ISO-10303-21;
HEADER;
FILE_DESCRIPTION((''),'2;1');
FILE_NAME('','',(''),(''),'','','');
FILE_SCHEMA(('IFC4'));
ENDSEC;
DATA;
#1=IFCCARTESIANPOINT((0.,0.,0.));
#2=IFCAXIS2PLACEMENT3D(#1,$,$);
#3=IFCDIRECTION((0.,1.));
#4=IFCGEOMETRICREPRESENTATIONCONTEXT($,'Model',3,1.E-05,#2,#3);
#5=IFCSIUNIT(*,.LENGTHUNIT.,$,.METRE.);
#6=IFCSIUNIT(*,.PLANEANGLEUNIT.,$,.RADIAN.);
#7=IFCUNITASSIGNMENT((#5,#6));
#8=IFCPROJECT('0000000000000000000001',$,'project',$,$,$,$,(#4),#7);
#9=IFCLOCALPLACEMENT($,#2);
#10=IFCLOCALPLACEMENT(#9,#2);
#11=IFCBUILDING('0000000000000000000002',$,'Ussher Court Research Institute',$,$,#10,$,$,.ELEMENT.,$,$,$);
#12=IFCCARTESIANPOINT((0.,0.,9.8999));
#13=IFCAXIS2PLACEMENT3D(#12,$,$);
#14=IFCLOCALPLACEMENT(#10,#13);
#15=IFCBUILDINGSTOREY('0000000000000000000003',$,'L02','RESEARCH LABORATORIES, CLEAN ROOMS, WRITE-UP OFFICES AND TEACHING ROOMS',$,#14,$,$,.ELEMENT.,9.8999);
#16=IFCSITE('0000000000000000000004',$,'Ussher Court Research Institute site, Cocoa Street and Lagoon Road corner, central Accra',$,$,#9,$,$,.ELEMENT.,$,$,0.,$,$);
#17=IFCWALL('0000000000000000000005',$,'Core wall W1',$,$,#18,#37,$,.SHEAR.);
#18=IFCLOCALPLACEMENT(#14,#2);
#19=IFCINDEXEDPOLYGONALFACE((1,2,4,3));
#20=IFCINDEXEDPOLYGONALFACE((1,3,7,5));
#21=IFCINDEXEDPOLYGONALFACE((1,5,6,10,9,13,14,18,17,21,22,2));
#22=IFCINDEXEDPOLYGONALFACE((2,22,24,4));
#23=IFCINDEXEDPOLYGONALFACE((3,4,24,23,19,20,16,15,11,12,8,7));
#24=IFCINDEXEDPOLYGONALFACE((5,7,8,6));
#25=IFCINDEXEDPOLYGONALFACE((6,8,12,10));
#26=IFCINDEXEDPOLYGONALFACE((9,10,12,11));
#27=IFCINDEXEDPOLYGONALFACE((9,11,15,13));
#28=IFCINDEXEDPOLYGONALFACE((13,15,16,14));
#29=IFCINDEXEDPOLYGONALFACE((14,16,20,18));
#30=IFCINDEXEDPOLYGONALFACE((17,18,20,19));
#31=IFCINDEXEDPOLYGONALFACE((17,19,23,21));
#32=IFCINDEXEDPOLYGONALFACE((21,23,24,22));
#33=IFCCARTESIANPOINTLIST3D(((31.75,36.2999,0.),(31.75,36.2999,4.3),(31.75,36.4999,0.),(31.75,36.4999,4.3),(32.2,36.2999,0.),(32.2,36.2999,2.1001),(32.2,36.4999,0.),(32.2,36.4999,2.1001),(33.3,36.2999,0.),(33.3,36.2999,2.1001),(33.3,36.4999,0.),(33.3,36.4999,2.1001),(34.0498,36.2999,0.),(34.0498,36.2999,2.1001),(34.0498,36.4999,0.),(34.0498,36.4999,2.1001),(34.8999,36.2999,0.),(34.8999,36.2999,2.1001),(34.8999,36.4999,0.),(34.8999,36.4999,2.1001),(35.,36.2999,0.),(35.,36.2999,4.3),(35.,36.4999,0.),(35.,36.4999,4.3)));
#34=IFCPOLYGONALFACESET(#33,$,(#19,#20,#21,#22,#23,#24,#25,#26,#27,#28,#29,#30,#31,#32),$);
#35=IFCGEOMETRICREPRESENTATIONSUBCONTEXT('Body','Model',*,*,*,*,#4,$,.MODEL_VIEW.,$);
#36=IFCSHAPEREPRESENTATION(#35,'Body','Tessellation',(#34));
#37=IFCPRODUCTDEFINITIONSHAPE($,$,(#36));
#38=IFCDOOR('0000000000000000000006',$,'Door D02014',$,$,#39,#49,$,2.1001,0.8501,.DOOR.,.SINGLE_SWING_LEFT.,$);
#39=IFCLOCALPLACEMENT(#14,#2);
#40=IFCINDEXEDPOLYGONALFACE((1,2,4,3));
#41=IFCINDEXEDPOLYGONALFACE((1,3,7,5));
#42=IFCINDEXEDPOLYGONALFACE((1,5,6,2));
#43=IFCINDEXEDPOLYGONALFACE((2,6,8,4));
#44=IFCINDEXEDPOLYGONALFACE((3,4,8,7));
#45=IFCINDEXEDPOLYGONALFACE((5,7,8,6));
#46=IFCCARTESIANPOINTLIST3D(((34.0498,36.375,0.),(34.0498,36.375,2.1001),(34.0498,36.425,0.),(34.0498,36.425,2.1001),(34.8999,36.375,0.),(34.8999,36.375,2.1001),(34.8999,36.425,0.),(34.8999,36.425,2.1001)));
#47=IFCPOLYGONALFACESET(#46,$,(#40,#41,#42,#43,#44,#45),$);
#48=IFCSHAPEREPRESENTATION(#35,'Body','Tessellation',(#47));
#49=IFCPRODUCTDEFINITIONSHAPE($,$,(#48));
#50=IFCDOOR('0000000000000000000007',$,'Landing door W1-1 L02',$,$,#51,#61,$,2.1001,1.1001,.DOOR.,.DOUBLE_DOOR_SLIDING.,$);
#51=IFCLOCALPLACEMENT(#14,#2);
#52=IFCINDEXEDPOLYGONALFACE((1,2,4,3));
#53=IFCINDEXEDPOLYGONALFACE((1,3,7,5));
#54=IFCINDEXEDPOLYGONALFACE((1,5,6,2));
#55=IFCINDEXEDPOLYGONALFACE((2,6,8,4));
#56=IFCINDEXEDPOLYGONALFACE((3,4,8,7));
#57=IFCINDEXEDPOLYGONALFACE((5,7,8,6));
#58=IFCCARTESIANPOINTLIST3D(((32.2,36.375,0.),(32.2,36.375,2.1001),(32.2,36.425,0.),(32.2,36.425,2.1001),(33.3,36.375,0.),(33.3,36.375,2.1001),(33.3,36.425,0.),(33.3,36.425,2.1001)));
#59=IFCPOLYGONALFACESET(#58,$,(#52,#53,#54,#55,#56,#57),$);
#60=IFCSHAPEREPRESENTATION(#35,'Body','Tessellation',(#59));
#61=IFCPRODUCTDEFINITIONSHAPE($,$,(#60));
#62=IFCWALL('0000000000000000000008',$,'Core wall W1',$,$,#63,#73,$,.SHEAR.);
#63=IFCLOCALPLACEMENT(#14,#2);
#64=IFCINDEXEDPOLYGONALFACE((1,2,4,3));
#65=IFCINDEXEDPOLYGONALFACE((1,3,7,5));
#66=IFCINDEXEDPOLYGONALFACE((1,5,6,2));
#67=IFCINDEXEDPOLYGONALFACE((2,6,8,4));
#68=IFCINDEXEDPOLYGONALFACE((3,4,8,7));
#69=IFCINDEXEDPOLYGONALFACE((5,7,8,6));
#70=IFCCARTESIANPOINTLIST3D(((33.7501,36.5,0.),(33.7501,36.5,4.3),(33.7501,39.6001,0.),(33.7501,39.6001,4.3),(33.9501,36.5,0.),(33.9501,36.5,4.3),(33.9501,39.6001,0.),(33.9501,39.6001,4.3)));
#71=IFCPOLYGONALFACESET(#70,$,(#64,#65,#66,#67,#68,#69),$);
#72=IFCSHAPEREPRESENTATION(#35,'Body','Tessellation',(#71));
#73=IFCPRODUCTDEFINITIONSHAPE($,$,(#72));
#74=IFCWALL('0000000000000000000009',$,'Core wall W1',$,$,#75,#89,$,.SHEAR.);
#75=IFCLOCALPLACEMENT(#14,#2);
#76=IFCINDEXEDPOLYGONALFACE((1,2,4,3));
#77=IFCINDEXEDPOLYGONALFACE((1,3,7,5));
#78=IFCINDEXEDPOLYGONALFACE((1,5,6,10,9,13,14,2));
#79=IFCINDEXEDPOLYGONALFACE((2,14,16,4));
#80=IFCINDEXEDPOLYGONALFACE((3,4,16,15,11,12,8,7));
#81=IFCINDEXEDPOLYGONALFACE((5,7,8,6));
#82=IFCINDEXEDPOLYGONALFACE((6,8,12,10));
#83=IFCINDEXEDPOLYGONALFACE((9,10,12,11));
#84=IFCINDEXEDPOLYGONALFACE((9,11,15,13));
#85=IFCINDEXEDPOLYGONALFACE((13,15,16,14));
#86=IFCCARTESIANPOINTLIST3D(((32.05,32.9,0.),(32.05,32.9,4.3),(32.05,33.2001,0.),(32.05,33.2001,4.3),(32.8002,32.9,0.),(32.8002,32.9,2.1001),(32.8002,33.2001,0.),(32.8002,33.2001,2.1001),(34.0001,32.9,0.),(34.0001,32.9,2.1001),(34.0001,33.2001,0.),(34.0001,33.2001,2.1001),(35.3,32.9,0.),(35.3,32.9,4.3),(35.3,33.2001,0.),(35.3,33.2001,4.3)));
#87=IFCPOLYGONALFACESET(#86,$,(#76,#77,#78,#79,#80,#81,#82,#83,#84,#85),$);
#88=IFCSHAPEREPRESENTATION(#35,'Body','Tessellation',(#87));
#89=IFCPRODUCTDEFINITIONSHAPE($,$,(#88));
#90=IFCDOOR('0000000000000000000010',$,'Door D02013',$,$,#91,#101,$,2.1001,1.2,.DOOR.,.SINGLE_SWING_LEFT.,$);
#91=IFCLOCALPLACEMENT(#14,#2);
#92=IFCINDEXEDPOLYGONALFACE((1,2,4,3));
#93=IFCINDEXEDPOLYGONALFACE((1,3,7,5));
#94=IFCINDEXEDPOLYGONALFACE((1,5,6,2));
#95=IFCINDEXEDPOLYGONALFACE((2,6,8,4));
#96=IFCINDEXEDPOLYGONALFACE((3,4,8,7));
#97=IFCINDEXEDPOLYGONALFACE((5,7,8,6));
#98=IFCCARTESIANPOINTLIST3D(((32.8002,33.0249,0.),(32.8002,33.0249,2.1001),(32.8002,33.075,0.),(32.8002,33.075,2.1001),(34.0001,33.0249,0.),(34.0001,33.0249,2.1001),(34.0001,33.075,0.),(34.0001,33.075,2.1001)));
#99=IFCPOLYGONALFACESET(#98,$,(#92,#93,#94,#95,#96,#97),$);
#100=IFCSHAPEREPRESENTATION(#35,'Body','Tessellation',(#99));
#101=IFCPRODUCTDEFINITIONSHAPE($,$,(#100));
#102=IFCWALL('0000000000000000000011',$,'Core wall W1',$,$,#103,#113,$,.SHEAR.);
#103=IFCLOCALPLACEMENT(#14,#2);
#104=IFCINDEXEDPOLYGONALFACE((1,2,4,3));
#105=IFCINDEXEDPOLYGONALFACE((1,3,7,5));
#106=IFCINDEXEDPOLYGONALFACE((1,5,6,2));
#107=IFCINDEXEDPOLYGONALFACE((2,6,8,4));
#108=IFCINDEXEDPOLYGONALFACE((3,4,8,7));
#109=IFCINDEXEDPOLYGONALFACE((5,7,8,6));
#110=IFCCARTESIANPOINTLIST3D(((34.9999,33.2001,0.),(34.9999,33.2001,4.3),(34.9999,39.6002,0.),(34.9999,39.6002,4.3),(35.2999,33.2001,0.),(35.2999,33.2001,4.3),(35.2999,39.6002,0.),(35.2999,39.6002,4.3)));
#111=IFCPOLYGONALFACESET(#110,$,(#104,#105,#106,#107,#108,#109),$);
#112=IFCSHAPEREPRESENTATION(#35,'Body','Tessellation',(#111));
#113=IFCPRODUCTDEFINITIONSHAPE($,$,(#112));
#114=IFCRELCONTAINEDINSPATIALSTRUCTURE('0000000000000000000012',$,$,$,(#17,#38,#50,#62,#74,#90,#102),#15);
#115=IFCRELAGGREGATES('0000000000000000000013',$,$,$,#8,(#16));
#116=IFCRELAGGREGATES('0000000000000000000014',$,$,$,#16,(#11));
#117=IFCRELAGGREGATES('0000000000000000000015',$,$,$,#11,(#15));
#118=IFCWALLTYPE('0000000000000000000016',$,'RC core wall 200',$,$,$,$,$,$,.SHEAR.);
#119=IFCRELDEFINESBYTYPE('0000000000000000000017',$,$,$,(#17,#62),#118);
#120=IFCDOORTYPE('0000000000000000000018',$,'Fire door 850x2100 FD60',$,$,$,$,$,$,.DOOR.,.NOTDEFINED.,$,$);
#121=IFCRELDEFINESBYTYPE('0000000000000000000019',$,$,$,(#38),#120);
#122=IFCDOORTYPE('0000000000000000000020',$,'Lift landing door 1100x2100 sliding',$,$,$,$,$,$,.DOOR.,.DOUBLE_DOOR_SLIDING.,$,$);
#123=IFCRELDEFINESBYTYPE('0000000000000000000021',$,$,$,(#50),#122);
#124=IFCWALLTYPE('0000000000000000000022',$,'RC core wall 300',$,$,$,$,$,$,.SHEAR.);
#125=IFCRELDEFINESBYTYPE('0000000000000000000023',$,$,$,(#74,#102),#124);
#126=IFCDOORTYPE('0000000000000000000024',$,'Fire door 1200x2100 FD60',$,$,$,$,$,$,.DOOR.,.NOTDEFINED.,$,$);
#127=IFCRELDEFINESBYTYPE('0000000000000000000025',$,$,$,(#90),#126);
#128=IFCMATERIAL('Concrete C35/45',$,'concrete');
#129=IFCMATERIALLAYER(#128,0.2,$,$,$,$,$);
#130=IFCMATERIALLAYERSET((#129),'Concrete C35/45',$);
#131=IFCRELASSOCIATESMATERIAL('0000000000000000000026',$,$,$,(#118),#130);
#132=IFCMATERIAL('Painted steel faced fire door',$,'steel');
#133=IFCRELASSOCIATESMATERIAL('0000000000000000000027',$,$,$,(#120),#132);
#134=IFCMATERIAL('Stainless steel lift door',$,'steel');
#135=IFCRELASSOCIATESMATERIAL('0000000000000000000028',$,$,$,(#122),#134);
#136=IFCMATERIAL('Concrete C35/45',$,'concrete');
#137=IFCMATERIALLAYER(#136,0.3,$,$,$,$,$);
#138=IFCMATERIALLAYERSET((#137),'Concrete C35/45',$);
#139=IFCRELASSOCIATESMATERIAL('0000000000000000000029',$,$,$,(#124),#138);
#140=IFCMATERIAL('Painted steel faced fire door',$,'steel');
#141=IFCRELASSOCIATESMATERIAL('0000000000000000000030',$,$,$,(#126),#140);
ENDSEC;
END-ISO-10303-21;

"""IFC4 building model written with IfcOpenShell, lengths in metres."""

from ifc_helpers import new_model, si_unit, direction, frame, frame_2d, origin, place, context, subcontext, project, spatial, rectangle, extrude, material, layer, layer_set, type_object, element, fill, save


model = new_model("IFC4")

# Units and contexts
model_context = context("Model", 3, precision=1e-05, world=origin(), true_north=direction((0.0, 1.0)))
body_context = subcontext(model_context, "Body", "Model", "MODEL_VIEW")
ifc_project = project(units=[si_unit("LENGTHUNIT", "METRE"), si_unit("PLANEANGLEUNIT", "RADIAN")], contexts=[model_context])

# Site, building, storey
site_placement = place(None, origin())
site = spatial("IfcSite", under=ifc_project, at=site_placement, Name="Ussher Court Research Institute site, Cocoa Street and Lagoon Road corner, central Accra", CompositionType="ELEMENT", RefElevation=0.0)
building_placement = place(site_placement, origin())
building = spatial("IfcBuilding", under=site, at=building_placement, Name="Ussher Court Research Institute", CompositionType="ELEMENT")
storey_placement = place(building_placement, frame((0.0, 0.0, 9.8999)))
storey = spatial("IfcBuildingStorey", under=building, at=storey_placement, Name="L02", Description="RESEARCH LABORATORIES, CLEAN ROOMS, WRITE-UP OFFICES AND TEACHING ROOMS", CompositionType="ELEMENT", Elevation=9.8999)

# Wall, openings, doors
ifc_material_1 = material(Name="Concrete C35/45", Category="concrete")
ifc_layer_1 = layer(ifc_material_1, 0.2)
ifc_layer_set_1 = layer_set([ifc_layer_1], Name="Concrete C35/45")
wall_type_1 = type_object("IfcWallType", Name="RC core wall 200", PredefinedType="SHEAR", material=ifc_layer_set_1)
wall_1_placement = place(storey_placement, frame((35.0, 36.3999, 0.0), z_axis=(0.0, 0.0, 1.0), x_axis=(-1.0, 0.0, 0.0)))
wall_1 = element("IfcWall", 1, at=wall_1_placement, inside=storey, type_object=wall_type_1, Name="Core wall W1", PredefinedType="SHEAR", context=body_context, shape_type="SweptSolid", body=[
    extrude(rectangle(XDim=3.25, YDim=0.2, at=frame_2d((1.625, 0.0))), origin(), (0.0, 0.0, 1.0), 4.3),
])
opening_1_placement = place(wall_1_placement, frame((1.7, 0.0, 0.0)))
opening_1 = element("IfcOpeningElement", 2, at=opening_1_placement, cuts=wall_1, PredefinedType="OPENING", context=body_context, shape_type="SweptSolid", body=[
    extrude(rectangle(XDim=1.1001, YDim=2.1001, at=frame_2d((0.55, 1.05))), frame((0.0, 0.1099, 0.0), z_axis=(0.0, -1.0, 0.0), x_axis=(1.0, 0.0, 0.0)), (0.0, 0.0, 1.0), 0.22),
])
opening_2_placement = place(wall_1_placement, frame((0.1001, 0.0, 0.0)))
opening_2 = element("IfcOpeningElement", 3, at=opening_2_placement, cuts=wall_1, PredefinedType="OPENING", context=body_context, shape_type="SweptSolid", body=[
    extrude(rectangle(XDim=0.8501, YDim=2.1001, at=frame_2d((0.425, 1.05))), frame((0.0, 0.1099, 0.0), z_axis=(0.0, -1.0, 0.0), x_axis=(1.0, 0.0, 0.0)), (0.0, 0.0, 1.0), 0.22),
])
ifc_material_2 = material(Name="Painted steel faced fire door", Category="steel")
door_type_1 = type_object("IfcDoorType", Name="Fire door 850x2100 FD60", OperationType="NOTDEFINED", PredefinedType="DOOR", material=ifc_material_2)
door_1_placement = place(opening_2_placement, origin())
door_1 = element("IfcDoor", 4, at=door_1_placement, inside=storey, type_object=door_type_1, Name="Door D02014", OperationType="SINGLE_SWING_LEFT", OverallHeight=2.1001, OverallWidth=0.8501, PredefinedType="DOOR", context=body_context, shape_type="SweptSolid", body=[
    extrude(rectangle(XDim=0.8501, YDim=2.1001, at=frame_2d((0.425, 1.05))), frame((0.0, 0.0249, 0.0), z_axis=(0.0, -1.0, 0.0), x_axis=(1.0, 0.0, 0.0)), (0.0, 0.0, 1.0), 0.05),
])
fill(opening_2, door_1)
ifc_material_3 = material(Name="Stainless steel lift door", Category="steel")
door_type_2 = type_object("IfcDoorType", Name="Lift landing door 1100x2100 sliding", OperationType="DOUBLE_DOOR_SLIDING", PredefinedType="DOOR", material=ifc_material_3)
door_2_placement = place(opening_1_placement, origin())
door_2 = element("IfcDoor", 5, at=door_2_placement, inside=storey, type_object=door_type_2, Name="Landing door W1-1 L02", OperationType="DOUBLE_DOOR_SLIDING", OverallHeight=2.1001, OverallWidth=1.1001, PredefinedType="DOOR", context=body_context, shape_type="SweptSolid", body=[
    extrude(rectangle(XDim=1.1001, YDim=2.1001, at=frame_2d((0.55, 1.05))), frame((0.0, 0.0249, 0.0), z_axis=(0.0, -1.0, 0.0), x_axis=(1.0, 0.0, 0.0)), (0.0, 0.0, 1.0), 0.05),
])
fill(opening_1, door_2)

# Wall
wall_2_placement = place(storey_placement, frame((33.8501, 36.5, 0.0), z_axis=(0.0, 0.0, 1.0), x_axis=(0.0, 1.0, 0.0)))
element("IfcWall", 6, at=wall_2_placement, inside=storey, type_object=wall_type_1, Name="Core wall W1", PredefinedType="SHEAR", context=body_context, shape_type="SweptSolid", body=[
    extrude(rectangle(XDim=3.1001, YDim=0.2, at=frame_2d((1.55, 0.0))), origin(), (0.0, 0.0, 1.0), 4.3),
])

# Wall, opening, door
ifc_material_4 = material(Name="Concrete C35/45", Category="concrete")
ifc_layer_2 = layer(ifc_material_4, 0.3)
ifc_layer_set_2 = layer_set([ifc_layer_2], Name="Concrete C35/45")
wall_type_2 = type_object("IfcWallType", Name="RC core wall 300", PredefinedType="SHEAR", material=ifc_layer_set_2)
wall_3_placement = place(storey_placement, frame((32.05, 33.05, 0.0), z_axis=(0.0, 0.0, 1.0), x_axis=(1.0, 0.0, 0.0)))
wall_3 = element("IfcWall", 7, at=wall_3_placement, inside=storey, type_object=wall_type_2, Name="Core wall W1", PredefinedType="SHEAR", context=body_context, shape_type="SweptSolid", body=[
    extrude(rectangle(XDim=3.25, YDim=0.3, at=frame_2d((1.625, 0.0))), origin(), (0.0, 0.0, 1.0), 4.3),
])
opening_3_placement = place(wall_3_placement, frame((0.75, 0.0, 0.0)))
opening_3 = element("IfcOpeningElement", 8, at=opening_3_placement, cuts=wall_3, PredefinedType="OPENING", context=body_context, shape_type="SweptSolid", body=[
    extrude(rectangle(XDim=1.2, YDim=2.1001, at=frame_2d((0.6001, 1.05))), frame((0.0, 0.1602, 0.0), z_axis=(0.0, -1.0, 0.0), x_axis=(1.0, 0.0, 0.0)), (0.0, 0.0, 1.0), 0.3201),
])
ifc_material_5 = material(Name="Painted steel faced fire door", Category="steel")
door_type_3 = type_object("IfcDoorType", Name="Fire door 1200x2100 FD60", OperationType="NOTDEFINED", PredefinedType="DOOR", material=ifc_material_5)
door_3_placement = place(opening_3_placement, origin())
door_3 = element("IfcDoor", 9, at=door_3_placement, inside=storey, type_object=door_type_3, Name="Door D02013", OperationType="SINGLE_SWING_LEFT", OverallHeight=2.1001, OverallWidth=1.2, PredefinedType="DOOR", context=body_context, shape_type="SweptSolid", body=[
    extrude(rectangle(XDim=1.2, YDim=2.1001, at=frame_2d((0.6001, 1.05))), frame((0.0, 0.0249, 0.0), z_axis=(0.0, -1.0, 0.0), x_axis=(1.0, 0.0, 0.0)), (0.0, 0.0, 1.0), 0.05),
])
fill(opening_3, door_3)

# Wall
wall_4_placement = place(storey_placement, frame((35.1499, 33.2, 0.0), z_axis=(0.0, 0.0, 1.0), x_axis=(0.0, 1.0, 0.0)))
element("IfcWall", 10, at=wall_4_placement, inside=storey, type_object=wall_type_2, Name="Core wall W1", PredefinedType="SHEAR", context=body_context, shape_type="SweptSolid", body=[
    extrude(rectangle(XDim=6.4001, YDim=0.3, at=frame_2d((3.2002, 0.0))), origin(), (0.0, 0.0, 1.0), 4.3),
])

save(model, "model.ifc")
